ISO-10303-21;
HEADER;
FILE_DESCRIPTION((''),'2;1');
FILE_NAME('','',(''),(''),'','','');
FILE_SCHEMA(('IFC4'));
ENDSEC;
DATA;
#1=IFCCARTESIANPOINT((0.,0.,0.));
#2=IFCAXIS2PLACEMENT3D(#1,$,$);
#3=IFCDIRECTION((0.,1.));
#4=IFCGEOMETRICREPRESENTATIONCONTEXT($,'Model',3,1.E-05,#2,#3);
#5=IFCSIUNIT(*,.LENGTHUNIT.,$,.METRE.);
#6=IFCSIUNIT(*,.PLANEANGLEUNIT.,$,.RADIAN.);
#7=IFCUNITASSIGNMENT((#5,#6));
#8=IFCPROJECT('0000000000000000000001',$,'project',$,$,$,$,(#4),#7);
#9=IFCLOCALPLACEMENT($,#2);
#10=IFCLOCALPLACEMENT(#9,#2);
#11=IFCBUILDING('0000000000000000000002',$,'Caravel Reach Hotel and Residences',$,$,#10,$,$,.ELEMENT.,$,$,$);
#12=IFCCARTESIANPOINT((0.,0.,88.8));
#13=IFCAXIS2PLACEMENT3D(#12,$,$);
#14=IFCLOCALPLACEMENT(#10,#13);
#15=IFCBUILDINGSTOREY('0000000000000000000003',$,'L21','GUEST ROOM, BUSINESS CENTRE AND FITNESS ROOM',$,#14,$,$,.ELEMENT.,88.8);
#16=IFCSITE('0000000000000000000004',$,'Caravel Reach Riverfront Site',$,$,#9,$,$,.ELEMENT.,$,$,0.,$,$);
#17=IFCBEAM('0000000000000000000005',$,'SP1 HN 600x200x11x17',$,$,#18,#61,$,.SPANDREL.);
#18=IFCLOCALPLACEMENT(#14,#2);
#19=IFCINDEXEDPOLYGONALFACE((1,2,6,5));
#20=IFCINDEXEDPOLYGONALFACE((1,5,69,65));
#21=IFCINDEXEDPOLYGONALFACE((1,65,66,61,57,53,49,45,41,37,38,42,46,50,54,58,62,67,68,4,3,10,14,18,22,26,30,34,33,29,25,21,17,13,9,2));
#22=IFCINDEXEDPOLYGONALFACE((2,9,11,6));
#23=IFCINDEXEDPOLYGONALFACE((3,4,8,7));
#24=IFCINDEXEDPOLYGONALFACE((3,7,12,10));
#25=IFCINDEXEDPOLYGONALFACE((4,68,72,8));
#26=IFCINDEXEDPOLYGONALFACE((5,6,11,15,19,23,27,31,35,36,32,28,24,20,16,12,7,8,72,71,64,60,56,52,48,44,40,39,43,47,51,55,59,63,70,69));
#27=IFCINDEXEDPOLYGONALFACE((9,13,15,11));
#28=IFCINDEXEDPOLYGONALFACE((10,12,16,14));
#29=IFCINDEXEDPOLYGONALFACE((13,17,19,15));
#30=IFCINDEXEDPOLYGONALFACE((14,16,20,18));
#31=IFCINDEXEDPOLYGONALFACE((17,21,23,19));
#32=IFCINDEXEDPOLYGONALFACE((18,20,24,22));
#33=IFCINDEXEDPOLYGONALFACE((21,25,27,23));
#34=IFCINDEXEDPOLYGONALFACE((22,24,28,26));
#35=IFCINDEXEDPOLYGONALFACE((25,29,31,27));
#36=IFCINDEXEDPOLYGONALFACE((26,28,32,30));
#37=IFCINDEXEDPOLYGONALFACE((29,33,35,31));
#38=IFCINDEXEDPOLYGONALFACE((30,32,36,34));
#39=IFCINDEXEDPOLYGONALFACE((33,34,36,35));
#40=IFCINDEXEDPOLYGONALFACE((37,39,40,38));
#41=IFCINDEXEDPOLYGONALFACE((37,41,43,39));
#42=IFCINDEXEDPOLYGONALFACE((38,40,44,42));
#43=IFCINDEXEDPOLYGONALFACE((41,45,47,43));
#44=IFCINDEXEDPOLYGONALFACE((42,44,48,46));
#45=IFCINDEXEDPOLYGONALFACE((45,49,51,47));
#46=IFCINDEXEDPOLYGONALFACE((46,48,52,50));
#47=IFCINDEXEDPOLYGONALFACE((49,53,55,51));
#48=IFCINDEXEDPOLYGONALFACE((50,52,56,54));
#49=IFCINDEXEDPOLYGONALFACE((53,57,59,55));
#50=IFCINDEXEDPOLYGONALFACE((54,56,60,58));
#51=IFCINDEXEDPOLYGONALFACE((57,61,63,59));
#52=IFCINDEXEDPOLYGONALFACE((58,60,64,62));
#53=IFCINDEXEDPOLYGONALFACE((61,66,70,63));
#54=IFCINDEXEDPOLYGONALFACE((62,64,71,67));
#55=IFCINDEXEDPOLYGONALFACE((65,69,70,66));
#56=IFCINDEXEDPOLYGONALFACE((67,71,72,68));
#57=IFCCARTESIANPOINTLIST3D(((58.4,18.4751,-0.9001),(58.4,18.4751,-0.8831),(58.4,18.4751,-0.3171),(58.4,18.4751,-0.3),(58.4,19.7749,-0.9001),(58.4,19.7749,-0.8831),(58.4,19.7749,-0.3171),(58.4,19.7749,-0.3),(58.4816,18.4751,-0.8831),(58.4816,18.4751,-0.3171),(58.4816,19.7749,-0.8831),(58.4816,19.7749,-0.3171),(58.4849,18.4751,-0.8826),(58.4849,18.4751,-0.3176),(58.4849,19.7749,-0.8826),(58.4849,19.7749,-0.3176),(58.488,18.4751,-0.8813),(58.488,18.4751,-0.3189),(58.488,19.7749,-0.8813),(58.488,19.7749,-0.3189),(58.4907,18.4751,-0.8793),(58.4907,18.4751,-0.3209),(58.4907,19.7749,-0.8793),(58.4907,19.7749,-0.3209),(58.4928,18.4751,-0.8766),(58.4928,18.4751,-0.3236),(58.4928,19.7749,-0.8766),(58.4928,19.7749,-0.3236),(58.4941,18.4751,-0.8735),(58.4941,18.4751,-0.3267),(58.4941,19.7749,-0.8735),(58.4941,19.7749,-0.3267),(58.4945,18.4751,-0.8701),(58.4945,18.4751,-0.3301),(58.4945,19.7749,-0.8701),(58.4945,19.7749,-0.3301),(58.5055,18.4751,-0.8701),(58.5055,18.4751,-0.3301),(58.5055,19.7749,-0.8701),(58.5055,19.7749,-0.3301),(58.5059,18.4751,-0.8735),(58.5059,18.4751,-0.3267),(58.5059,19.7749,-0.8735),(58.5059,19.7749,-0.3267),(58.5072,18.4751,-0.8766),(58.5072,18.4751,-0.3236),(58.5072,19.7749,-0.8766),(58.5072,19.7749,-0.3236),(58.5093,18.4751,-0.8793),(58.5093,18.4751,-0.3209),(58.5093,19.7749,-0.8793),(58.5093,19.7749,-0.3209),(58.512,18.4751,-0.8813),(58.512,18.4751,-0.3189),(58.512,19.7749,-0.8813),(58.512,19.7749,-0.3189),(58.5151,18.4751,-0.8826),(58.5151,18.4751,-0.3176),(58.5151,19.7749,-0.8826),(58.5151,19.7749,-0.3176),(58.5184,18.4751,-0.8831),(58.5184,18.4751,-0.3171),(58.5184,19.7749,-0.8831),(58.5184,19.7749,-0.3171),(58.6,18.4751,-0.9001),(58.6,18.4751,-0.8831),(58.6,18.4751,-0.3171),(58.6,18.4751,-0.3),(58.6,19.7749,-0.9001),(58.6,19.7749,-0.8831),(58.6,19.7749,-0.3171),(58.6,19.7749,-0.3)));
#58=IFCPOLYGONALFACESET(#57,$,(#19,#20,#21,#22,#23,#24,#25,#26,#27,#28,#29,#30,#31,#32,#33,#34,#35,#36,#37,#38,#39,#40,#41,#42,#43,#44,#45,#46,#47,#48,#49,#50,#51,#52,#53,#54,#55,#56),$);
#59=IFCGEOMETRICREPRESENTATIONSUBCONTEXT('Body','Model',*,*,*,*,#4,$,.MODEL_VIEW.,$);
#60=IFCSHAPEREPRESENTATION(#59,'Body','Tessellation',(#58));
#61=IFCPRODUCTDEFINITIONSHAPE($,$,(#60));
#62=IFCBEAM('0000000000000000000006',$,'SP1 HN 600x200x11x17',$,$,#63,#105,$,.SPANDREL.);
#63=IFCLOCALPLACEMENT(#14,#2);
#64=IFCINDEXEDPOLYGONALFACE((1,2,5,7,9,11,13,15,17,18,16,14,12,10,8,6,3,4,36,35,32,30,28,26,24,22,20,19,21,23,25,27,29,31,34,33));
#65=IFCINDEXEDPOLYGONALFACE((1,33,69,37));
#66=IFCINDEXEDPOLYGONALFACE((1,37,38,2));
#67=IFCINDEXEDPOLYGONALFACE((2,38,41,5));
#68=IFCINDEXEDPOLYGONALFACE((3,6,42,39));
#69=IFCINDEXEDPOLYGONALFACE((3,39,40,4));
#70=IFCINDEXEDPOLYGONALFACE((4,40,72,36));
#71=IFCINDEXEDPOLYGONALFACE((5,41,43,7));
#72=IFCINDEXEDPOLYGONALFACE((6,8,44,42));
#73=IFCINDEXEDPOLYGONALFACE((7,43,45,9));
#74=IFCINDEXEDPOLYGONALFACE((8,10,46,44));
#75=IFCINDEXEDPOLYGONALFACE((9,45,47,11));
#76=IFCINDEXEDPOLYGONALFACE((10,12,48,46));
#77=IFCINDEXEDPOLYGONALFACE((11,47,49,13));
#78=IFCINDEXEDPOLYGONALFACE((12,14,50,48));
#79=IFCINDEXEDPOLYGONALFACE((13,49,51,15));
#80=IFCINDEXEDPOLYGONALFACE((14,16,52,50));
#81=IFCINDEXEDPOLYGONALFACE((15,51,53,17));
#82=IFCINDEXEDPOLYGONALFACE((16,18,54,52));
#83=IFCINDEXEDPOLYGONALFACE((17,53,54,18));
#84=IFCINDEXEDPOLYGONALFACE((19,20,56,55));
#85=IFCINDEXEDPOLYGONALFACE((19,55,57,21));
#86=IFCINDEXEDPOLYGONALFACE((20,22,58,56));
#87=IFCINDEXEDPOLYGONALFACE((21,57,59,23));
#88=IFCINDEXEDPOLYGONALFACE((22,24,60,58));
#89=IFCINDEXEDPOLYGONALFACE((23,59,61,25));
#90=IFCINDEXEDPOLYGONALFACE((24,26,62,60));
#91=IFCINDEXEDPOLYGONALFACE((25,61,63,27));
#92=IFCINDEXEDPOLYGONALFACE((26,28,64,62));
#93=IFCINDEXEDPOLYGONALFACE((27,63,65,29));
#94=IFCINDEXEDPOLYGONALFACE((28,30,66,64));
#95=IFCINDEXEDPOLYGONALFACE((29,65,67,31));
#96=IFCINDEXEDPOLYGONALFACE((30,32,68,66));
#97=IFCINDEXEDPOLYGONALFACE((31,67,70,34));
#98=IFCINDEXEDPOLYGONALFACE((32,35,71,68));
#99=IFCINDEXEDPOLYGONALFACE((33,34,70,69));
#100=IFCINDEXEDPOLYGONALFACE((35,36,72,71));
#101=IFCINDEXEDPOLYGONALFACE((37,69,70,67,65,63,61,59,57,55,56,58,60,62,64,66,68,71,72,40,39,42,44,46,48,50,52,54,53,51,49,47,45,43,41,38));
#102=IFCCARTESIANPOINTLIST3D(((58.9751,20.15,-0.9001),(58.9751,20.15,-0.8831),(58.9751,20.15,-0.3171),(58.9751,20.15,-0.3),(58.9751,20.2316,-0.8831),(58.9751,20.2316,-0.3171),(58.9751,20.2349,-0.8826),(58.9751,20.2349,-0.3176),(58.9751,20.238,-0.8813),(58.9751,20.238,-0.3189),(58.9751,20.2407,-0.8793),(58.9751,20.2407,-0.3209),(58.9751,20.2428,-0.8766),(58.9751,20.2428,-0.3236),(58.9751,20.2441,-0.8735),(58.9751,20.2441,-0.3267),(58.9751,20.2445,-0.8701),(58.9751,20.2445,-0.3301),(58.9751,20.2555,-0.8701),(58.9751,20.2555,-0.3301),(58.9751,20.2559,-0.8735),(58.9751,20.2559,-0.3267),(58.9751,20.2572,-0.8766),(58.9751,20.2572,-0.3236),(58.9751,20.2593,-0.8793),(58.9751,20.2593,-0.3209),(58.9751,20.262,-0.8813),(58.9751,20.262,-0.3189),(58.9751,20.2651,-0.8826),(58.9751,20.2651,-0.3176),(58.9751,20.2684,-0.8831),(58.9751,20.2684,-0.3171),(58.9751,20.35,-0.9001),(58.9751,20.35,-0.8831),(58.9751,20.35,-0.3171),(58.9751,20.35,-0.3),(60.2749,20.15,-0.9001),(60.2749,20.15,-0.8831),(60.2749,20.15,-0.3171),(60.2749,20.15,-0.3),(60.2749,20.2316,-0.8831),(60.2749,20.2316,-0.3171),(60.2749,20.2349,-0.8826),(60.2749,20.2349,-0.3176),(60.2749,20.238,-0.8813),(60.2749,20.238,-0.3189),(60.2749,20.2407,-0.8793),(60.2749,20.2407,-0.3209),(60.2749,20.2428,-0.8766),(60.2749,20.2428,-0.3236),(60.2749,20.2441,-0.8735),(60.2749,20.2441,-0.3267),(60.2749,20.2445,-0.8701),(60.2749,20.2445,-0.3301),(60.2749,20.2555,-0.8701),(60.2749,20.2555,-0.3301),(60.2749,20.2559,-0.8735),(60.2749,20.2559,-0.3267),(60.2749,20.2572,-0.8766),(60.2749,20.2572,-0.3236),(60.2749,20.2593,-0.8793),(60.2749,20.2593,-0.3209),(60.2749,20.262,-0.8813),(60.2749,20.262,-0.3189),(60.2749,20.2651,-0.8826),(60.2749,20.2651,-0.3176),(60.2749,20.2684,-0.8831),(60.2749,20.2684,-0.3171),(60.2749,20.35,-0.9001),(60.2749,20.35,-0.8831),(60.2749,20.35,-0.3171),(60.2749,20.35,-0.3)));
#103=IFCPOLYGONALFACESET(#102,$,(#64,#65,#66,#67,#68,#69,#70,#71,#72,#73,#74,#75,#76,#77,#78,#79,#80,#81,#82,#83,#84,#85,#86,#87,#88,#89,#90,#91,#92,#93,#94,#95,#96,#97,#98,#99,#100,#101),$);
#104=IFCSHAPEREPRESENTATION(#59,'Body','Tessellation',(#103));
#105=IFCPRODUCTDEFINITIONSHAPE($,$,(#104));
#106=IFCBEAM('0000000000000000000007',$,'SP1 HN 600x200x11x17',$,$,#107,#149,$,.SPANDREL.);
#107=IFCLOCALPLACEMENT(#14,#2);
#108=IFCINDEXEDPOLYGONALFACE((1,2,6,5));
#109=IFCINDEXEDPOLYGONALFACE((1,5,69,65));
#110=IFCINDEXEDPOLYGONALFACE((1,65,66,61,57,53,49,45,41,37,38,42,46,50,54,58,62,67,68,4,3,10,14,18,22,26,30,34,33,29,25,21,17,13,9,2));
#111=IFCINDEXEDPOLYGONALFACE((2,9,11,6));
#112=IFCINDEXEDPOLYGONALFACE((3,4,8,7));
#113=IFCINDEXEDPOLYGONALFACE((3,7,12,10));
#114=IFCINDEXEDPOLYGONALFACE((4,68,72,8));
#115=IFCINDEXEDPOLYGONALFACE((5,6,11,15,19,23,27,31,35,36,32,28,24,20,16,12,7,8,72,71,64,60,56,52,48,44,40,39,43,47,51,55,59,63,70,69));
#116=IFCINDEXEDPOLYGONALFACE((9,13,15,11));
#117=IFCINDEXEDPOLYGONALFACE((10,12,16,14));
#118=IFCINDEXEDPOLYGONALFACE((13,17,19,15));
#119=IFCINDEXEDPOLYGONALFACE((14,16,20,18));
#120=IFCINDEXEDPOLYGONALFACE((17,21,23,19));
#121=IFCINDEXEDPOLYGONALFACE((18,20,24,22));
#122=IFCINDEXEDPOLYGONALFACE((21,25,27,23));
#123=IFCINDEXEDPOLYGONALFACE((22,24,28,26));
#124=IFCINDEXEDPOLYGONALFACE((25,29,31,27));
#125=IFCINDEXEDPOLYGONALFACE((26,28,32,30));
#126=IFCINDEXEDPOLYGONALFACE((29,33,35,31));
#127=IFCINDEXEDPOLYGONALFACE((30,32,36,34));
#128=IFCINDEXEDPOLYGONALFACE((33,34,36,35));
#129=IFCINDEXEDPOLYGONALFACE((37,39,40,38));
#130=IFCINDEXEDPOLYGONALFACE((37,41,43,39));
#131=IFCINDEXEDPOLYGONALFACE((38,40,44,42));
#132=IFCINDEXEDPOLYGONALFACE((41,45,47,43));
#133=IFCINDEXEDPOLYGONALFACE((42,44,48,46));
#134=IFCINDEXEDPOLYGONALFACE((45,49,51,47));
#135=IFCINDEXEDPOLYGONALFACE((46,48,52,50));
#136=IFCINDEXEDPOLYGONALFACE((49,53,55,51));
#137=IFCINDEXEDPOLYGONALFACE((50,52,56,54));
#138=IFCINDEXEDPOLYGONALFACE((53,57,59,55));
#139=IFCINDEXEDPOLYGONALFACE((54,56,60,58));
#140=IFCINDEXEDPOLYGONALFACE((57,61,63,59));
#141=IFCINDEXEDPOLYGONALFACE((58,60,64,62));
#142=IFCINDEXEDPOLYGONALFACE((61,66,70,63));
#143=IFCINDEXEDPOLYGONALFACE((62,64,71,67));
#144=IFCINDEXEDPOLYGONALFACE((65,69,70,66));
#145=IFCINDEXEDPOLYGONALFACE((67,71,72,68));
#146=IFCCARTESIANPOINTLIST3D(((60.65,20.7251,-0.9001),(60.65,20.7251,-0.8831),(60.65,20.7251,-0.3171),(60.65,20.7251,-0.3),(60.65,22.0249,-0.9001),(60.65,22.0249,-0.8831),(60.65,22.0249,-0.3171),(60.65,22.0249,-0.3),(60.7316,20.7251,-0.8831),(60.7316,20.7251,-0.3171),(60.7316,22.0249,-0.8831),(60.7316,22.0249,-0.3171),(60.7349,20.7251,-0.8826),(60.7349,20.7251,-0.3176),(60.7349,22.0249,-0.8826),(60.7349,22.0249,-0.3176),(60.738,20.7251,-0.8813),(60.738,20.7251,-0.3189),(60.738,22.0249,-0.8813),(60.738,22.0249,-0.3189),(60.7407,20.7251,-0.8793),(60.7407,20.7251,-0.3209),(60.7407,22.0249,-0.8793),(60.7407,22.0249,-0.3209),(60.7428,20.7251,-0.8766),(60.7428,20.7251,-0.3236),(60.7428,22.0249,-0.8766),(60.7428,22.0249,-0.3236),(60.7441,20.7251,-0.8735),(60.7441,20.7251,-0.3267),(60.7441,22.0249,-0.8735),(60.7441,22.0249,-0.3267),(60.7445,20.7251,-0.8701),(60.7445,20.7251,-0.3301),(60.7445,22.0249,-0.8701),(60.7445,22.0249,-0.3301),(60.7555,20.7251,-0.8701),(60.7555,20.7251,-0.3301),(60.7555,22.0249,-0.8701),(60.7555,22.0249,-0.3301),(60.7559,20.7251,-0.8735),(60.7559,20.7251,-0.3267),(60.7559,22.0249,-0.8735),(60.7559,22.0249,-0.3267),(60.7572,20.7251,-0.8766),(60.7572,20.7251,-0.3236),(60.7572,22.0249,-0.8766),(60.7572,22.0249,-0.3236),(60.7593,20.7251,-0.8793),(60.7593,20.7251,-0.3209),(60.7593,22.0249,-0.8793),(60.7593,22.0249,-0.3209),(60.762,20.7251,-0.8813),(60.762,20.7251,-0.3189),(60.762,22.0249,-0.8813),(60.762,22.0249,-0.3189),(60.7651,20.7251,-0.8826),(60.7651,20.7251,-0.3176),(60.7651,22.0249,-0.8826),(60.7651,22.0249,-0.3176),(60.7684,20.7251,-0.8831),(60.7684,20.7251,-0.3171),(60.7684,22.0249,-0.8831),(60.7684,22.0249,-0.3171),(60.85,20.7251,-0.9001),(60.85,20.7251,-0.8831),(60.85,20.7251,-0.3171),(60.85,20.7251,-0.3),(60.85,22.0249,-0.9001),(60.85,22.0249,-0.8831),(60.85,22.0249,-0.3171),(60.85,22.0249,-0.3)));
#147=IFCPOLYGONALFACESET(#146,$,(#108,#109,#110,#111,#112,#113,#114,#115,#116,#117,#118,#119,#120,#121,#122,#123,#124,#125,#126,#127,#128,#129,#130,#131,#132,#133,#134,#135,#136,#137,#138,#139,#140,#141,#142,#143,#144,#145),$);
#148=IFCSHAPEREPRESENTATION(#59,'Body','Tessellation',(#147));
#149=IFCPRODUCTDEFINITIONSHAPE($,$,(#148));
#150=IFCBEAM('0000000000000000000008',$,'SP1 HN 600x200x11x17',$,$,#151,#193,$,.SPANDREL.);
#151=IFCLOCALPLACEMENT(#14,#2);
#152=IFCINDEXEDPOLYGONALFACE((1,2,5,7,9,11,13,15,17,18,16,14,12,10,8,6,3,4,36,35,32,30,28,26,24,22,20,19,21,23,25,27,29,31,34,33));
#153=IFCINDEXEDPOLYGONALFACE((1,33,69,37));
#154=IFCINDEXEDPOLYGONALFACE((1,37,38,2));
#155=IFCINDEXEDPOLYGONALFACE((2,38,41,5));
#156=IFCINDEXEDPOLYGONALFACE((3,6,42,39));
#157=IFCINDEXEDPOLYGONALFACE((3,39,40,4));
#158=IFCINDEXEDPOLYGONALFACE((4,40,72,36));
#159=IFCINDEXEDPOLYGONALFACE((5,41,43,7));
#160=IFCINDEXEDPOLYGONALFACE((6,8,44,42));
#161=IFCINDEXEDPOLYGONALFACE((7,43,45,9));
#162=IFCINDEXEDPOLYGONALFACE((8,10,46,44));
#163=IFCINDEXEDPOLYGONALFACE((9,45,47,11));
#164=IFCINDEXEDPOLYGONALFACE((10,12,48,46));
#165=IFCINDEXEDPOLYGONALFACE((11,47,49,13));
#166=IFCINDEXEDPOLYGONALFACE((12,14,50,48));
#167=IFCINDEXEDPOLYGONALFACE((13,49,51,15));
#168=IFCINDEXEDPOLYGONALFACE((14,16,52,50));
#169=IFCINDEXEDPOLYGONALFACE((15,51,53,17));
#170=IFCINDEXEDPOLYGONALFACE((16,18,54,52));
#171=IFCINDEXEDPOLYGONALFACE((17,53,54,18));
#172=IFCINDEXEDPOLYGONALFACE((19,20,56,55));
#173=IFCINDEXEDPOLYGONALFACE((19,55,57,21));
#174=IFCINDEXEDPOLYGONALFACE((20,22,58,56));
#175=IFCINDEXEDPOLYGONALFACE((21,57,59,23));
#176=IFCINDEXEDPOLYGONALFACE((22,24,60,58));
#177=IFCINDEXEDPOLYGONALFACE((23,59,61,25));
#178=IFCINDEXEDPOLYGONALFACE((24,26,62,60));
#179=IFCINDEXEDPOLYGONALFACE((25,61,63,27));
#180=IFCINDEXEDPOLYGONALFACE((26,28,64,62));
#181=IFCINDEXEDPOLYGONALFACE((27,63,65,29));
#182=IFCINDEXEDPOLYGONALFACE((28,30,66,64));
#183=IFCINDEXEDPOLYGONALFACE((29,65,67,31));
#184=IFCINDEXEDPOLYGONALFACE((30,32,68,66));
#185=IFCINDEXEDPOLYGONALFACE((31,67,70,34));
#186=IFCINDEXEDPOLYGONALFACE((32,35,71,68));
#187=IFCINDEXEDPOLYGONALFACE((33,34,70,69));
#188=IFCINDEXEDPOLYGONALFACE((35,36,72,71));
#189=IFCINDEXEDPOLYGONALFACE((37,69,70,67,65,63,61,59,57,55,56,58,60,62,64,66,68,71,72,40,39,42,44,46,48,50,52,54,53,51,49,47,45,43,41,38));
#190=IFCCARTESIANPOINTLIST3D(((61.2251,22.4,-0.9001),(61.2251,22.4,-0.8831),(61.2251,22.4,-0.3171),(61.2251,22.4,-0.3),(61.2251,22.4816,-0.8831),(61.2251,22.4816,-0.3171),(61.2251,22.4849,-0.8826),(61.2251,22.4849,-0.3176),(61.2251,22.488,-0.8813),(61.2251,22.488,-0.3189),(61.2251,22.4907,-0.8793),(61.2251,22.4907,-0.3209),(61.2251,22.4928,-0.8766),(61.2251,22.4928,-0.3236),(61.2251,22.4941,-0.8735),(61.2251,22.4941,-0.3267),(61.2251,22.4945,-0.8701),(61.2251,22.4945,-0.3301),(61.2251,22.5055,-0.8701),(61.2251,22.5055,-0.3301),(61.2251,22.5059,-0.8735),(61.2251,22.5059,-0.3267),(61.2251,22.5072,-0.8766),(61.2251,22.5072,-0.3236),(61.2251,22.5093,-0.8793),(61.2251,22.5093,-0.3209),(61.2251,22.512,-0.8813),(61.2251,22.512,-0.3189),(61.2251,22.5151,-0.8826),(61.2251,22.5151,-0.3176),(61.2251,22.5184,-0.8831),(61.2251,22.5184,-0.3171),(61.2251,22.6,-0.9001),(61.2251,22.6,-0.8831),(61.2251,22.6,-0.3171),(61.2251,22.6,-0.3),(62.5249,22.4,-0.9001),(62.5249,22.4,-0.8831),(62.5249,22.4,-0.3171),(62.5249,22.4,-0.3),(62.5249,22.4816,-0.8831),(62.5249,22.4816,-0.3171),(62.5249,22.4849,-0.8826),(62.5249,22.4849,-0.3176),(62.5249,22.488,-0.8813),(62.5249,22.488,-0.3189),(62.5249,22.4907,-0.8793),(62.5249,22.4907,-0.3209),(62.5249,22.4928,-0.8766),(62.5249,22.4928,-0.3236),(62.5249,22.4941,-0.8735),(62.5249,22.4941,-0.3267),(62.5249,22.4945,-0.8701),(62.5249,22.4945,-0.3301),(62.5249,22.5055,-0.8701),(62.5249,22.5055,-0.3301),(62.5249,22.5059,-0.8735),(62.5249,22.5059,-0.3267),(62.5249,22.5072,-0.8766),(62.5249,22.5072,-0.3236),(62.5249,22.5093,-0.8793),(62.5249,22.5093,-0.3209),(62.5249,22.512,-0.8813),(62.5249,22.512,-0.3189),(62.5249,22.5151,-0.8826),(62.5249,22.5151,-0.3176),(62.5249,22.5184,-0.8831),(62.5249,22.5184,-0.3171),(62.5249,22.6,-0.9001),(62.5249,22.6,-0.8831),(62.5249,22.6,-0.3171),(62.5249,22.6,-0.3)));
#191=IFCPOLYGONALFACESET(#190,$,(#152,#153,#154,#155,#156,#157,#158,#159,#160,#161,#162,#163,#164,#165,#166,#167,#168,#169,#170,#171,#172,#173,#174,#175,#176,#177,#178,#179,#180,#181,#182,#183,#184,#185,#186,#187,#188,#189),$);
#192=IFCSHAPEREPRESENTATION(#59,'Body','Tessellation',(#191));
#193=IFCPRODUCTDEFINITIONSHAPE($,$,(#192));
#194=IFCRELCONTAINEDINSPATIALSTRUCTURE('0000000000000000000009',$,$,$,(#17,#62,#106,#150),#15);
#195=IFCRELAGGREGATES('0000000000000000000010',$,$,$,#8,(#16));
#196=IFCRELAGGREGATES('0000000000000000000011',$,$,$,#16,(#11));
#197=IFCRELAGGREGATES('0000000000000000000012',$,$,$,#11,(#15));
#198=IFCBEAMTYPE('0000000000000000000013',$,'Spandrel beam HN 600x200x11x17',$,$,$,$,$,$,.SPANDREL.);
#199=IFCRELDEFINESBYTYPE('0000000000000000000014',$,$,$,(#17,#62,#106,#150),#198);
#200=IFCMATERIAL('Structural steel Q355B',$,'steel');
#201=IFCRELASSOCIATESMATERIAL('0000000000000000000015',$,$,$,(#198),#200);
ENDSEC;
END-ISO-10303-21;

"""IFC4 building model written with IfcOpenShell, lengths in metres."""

from ifc_helpers import new_model, si_unit, direction, frame, origin, origin_2d, place, context, subcontext, project, spatial, i_section, extrude, material, material_profile, profile_set, type_object, element, save


model = new_model("IFC4")

# Units and contexts
model_context = context("Model", 3, precision=1e-05, world=origin(), true_north=direction((0.0, 1.0)))
body_context = subcontext(model_context, "Body", "Model", "MODEL_VIEW")
ifc_project = project(units=[si_unit("LENGTHUNIT", "METRE"), si_unit("PLANEANGLEUNIT", "RADIAN")], contexts=[model_context])

# Site, building, storey
site_placement = place(None, origin())
site = spatial("IfcSite", under=ifc_project, at=site_placement, Name="Caravel Reach Riverfront Site", CompositionType="ELEMENT", RefElevation=0.0)
building_placement = place(site_placement, origin())
building = spatial("IfcBuilding", under=site, at=building_placement, Name="Caravel Reach Hotel and Residences", CompositionType="ELEMENT")
storey_placement = place(building_placement, frame((0.0, 0.0, 88.8)))
storey = spatial("IfcBuildingStorey", under=building, at=storey_placement, Name="L21", Description="GUEST ROOM, BUSINESS CENTRE AND FITNESS ROOM", CompositionType="ELEMENT", Elevation=88.8)

# Beams
ifc_material_1 = material(Name="Structural steel Q355B", Category="steel")
ifc_material_profile_1 = material_profile(ifc_material_1, i_section(OverallWidth=0.2, OverallDepth=0.6001, WebThickness=0.011, FlangeThickness=0.0171, FilletRadius=0.0129, at=origin_2d()), Name="HN 600x200x11x17")
ifc_profile_set_1 = profile_set([ifc_material_profile_1], Name="Structural steel Q355B")
beam_type_1 = type_object("IfcBeamType", Name="Spandrel beam HN 600x200x11x17", PredefinedType="SPANDREL", material=ifc_profile_set_1)
for number, where, z_axis, x_axis, name in (
    (1, (58.5, 18.4751, -0.6001), (0.0, 1.0, 0.0), (-1.0, 0.0, 0.0), "SP1 HN 600x200x11x17"),
    (2, (58.9751, 20.25, -0.6001), (1.0, 0.0, 0.0), (0.0, 1.0, 0.0), "SP1 HN 600x200x11x17"),
    (3, (60.75, 20.7251, -0.6001), (0.0, 1.0, 0.0), (-1.0, 0.0, 0.0), "SP1 HN 600x200x11x17"),
    (4, (61.2251, 22.5, -0.6001), (1.0, 0.0, 0.0), (0.0, 1.0, 0.0), "SP1 HN 600x200x11x17"),
):
    element("IfcBeam", number, at=place(storey_placement, frame(where, z_axis=z_axis, x_axis=x_axis)), inside=storey, type_object=beam_type_1, Name=name, PredefinedType="SPANDREL", context=body_context, shape_type="SweptSolid", body=[
        extrude(i_section(OverallWidth=0.2, OverallDepth=0.6001, WebThickness=0.011, FlangeThickness=0.0171, FilletRadius=0.0129, at=origin_2d()), origin(), (0.0, 0.0, 1.0), 1.2998),
    ])

save(model, "model.ifc")
